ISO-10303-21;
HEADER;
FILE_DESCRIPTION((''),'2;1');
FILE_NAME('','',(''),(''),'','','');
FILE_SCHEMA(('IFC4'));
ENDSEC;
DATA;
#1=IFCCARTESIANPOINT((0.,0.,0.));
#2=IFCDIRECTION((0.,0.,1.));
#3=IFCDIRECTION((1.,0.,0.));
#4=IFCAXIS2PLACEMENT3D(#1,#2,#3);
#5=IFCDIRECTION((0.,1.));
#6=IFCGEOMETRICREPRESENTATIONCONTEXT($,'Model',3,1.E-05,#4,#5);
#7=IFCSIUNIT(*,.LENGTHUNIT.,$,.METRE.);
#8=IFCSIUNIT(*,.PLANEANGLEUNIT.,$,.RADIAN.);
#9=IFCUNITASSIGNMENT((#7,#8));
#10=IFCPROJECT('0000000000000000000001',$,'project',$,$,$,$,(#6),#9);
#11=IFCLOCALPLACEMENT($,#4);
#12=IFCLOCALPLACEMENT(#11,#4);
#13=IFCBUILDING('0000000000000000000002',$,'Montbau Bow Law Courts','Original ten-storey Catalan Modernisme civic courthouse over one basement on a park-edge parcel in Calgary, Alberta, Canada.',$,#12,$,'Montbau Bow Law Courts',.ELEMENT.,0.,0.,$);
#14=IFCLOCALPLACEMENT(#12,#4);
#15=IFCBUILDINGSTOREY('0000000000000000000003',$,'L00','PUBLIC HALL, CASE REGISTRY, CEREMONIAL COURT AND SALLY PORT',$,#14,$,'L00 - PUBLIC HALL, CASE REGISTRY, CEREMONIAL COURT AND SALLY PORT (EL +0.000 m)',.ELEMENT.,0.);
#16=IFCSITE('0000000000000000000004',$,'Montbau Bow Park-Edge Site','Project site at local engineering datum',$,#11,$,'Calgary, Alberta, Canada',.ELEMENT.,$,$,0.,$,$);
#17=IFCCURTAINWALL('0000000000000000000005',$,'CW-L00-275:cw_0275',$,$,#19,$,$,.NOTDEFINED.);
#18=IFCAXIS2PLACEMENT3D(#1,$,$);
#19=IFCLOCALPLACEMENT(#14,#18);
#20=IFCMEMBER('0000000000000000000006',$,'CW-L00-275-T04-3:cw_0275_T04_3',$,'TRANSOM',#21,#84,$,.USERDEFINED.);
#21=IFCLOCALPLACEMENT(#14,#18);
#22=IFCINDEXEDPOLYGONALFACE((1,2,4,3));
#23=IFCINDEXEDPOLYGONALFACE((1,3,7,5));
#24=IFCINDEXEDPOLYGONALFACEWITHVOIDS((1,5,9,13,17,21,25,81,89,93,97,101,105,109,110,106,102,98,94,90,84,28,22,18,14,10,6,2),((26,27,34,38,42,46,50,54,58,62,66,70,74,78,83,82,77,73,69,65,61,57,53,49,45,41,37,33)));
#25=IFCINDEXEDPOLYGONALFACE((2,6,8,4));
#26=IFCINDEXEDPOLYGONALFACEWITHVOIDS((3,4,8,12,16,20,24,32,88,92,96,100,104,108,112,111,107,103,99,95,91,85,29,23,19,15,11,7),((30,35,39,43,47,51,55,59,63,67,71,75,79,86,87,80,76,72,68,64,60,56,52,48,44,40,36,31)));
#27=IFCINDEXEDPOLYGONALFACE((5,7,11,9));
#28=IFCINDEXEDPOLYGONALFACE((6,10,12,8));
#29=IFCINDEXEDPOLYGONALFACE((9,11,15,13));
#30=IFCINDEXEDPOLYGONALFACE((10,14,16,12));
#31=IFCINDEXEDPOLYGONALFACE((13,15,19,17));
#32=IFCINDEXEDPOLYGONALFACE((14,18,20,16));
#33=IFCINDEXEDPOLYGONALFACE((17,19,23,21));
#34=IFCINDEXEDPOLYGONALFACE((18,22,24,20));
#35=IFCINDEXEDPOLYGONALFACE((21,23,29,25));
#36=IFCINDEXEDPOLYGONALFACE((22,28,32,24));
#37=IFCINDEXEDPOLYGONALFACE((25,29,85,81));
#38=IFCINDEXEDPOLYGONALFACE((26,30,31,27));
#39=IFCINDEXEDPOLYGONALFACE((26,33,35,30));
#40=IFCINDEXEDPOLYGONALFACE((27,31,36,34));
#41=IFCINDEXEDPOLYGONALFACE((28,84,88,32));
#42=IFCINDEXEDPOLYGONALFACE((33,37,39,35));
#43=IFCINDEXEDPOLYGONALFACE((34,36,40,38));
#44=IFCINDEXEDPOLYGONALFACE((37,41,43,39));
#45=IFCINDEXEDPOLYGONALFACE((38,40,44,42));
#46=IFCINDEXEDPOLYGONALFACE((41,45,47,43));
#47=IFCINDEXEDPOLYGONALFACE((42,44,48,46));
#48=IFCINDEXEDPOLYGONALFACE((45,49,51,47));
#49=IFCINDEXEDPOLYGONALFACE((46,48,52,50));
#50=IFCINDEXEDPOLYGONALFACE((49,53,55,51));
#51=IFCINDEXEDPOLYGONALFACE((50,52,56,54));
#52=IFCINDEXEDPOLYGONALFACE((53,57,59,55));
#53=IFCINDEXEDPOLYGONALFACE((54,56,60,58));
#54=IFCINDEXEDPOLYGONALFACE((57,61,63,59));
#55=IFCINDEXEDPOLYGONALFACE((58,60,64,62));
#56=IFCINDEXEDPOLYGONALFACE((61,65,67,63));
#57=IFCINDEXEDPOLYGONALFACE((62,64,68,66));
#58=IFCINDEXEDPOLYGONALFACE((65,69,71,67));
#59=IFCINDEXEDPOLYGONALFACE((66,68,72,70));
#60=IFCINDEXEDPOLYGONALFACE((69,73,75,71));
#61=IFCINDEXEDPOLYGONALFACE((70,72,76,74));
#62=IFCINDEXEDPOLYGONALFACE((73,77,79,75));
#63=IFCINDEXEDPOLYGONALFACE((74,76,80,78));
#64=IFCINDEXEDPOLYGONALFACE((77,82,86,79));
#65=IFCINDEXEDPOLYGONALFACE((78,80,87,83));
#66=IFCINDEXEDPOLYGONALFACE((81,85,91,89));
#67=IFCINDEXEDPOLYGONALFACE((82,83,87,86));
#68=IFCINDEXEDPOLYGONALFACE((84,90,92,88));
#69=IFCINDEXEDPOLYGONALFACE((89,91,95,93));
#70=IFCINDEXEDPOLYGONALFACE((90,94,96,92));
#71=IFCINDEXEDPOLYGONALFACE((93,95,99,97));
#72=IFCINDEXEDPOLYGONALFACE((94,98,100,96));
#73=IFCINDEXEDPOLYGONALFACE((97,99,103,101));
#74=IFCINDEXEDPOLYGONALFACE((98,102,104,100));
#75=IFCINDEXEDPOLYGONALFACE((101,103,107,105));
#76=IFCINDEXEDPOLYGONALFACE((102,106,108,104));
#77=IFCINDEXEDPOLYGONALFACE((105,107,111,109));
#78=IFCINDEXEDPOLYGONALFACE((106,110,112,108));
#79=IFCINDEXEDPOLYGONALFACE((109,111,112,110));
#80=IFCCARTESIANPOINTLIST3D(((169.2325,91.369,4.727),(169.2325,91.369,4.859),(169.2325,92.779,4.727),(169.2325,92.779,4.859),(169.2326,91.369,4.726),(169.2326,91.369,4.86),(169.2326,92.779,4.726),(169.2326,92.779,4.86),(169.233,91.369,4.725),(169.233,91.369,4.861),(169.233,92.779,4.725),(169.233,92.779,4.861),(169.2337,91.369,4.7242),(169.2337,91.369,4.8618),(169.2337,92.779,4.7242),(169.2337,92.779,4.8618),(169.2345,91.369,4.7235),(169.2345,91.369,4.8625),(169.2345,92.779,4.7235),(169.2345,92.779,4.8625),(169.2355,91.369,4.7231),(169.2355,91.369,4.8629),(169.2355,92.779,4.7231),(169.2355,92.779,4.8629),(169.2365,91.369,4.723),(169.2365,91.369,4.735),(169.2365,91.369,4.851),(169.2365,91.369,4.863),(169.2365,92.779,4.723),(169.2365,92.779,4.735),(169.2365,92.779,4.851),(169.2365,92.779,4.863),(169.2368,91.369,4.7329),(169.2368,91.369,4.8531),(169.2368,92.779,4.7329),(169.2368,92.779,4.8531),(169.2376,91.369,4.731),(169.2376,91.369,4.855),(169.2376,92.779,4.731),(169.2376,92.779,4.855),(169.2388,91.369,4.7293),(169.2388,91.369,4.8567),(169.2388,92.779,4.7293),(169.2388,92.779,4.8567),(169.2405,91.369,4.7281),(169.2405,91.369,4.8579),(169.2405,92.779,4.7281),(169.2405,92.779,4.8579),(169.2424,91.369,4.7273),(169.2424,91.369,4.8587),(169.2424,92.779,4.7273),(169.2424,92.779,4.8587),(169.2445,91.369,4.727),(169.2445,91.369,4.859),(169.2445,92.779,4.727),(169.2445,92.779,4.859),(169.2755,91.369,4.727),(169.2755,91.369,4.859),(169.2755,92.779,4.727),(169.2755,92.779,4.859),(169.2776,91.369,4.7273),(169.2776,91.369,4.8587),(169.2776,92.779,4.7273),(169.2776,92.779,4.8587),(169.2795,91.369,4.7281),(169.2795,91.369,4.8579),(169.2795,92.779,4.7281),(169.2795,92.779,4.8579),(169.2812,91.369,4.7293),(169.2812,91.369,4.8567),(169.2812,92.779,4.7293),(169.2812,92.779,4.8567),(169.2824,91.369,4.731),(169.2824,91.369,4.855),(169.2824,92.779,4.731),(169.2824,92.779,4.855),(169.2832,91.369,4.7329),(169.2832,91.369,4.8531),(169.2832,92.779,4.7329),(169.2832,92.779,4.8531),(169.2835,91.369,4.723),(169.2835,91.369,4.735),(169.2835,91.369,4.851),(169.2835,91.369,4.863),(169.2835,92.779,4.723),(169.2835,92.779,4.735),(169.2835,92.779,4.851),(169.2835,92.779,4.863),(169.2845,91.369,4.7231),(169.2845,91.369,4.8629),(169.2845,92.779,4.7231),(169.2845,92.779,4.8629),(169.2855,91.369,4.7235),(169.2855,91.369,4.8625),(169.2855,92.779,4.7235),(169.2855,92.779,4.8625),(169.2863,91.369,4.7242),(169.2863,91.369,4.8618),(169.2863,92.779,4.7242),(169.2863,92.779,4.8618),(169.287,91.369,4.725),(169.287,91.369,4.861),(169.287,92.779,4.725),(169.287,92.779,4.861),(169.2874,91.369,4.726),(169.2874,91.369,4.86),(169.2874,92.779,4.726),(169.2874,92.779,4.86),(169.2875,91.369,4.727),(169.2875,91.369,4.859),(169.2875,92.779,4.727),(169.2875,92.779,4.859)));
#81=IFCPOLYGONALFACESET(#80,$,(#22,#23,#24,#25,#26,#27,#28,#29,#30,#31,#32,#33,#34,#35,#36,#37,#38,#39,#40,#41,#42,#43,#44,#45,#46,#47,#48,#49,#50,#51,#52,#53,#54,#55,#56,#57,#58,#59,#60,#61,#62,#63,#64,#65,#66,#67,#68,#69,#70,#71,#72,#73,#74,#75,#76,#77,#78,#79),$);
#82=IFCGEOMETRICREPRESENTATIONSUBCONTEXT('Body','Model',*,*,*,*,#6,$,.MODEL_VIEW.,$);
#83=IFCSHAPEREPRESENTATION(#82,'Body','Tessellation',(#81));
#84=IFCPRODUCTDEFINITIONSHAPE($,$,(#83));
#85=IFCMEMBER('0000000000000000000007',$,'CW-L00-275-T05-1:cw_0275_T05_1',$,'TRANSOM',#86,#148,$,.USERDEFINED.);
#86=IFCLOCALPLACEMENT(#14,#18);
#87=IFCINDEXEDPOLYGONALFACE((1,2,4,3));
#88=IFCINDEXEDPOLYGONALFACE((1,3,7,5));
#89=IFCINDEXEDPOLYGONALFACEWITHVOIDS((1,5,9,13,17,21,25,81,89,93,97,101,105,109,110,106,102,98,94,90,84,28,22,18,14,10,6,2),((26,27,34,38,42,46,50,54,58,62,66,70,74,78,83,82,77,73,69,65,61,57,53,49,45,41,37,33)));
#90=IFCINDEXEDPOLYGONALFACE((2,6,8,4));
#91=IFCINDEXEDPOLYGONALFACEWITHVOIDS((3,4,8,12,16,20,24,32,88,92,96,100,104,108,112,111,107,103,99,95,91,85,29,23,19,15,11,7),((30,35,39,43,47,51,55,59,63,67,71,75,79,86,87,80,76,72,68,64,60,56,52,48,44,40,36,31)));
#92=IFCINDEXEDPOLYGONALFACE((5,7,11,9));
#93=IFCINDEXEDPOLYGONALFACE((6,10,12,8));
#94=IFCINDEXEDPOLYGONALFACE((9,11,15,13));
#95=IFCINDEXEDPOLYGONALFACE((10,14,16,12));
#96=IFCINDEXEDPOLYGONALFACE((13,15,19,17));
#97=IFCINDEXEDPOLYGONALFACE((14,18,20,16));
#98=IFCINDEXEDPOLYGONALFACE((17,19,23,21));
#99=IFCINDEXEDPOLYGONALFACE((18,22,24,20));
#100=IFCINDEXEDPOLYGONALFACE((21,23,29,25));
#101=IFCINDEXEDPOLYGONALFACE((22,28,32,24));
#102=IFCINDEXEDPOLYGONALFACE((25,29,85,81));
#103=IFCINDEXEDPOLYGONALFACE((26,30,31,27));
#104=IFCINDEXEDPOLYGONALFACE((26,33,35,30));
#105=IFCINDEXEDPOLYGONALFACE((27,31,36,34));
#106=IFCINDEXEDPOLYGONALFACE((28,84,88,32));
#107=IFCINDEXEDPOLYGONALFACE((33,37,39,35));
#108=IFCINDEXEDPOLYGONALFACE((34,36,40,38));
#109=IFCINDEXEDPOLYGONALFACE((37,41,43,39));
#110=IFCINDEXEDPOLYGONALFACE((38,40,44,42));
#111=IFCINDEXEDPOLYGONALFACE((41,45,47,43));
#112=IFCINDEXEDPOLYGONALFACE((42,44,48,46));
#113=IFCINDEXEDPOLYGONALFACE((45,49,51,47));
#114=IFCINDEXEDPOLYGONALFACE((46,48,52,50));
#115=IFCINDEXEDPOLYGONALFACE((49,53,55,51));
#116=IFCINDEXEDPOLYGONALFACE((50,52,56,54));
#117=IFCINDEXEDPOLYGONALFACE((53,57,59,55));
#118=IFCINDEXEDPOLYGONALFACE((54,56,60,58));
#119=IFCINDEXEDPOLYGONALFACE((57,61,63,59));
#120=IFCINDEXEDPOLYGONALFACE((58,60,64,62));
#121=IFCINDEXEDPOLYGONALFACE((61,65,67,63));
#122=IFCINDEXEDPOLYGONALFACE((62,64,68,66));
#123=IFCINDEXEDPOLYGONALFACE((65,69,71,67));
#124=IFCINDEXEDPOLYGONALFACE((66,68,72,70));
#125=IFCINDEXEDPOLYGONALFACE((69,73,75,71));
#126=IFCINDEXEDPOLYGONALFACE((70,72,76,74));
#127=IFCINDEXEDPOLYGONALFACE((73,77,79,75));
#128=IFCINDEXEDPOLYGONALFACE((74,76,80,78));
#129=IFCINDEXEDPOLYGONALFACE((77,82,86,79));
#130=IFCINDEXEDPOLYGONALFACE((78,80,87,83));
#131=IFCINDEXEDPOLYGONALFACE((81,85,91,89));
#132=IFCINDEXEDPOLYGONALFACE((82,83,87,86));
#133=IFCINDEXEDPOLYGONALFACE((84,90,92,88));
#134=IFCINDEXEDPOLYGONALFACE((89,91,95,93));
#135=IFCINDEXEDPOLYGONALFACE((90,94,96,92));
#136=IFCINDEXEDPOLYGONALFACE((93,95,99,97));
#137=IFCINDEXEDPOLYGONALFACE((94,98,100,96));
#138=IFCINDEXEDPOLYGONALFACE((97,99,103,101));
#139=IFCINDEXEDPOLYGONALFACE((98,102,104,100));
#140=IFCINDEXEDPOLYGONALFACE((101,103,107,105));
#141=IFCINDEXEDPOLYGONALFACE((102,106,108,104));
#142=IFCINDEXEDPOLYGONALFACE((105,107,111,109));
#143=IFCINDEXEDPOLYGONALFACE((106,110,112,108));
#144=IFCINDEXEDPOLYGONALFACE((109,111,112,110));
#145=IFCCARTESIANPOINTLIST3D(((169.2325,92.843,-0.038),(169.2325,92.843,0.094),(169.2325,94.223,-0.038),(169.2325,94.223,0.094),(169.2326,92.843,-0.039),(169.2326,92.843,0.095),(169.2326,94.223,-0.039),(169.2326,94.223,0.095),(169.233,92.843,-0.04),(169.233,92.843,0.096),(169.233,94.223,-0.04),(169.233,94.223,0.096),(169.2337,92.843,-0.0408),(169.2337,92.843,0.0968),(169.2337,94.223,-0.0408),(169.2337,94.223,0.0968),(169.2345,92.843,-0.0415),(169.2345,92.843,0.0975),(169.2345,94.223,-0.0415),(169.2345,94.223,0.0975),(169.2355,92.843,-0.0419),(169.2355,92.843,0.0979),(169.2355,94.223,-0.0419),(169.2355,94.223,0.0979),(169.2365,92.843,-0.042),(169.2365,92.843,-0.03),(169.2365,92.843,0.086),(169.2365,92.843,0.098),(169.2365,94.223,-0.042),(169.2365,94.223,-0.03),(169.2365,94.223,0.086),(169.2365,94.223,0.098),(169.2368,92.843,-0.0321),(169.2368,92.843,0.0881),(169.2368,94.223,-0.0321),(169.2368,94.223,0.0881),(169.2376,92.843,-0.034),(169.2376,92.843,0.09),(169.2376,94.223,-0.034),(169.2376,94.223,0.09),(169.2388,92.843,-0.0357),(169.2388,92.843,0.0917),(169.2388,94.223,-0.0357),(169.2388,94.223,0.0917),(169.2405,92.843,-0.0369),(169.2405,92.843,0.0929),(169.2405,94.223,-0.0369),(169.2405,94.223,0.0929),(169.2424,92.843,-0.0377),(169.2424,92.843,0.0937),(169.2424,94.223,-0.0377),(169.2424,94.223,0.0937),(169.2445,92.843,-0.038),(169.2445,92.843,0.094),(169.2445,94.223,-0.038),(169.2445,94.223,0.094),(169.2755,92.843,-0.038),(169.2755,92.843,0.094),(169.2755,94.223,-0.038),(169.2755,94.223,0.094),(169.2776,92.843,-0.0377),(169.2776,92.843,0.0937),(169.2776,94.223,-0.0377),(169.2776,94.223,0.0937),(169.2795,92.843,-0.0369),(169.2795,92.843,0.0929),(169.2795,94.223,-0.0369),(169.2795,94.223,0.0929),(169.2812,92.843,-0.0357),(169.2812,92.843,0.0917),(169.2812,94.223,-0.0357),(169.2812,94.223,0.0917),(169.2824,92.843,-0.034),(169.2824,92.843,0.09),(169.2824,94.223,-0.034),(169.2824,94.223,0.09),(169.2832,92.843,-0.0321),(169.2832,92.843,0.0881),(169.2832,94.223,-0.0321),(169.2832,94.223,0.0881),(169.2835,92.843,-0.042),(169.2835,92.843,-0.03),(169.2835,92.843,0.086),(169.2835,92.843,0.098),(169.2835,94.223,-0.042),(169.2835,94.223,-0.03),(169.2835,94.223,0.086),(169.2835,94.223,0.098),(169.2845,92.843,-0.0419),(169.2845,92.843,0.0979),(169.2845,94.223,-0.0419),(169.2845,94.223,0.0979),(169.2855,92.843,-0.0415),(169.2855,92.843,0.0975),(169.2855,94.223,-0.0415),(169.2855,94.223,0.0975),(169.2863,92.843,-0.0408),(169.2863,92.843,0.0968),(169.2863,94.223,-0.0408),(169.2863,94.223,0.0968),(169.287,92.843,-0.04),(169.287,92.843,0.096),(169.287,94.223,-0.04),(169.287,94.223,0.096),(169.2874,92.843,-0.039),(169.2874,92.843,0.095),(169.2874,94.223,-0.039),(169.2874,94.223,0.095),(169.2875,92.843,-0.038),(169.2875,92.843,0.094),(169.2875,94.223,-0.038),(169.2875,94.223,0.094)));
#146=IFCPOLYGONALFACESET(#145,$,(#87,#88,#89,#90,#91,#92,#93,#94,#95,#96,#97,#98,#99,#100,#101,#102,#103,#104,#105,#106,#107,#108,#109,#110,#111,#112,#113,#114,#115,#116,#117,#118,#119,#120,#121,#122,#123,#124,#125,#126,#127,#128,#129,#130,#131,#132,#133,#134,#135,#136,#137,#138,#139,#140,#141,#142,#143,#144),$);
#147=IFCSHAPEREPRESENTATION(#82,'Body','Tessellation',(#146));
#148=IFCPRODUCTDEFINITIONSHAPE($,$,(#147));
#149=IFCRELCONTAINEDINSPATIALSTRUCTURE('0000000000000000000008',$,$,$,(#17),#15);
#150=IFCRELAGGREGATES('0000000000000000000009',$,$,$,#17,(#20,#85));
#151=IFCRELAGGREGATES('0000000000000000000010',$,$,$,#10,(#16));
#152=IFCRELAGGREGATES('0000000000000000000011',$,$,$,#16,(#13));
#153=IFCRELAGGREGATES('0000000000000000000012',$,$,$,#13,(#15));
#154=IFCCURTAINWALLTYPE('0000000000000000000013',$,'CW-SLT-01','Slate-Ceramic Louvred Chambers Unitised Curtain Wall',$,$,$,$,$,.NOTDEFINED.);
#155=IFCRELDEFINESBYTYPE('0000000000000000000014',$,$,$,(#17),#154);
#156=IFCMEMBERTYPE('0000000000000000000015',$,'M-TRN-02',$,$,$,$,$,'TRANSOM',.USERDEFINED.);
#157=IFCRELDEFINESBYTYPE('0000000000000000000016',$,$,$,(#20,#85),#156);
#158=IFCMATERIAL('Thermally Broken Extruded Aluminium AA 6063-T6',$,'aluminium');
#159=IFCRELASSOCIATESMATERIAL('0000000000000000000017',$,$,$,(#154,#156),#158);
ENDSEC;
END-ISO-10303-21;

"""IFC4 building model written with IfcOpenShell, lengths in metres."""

from ifc_helpers import new_model, si_unit, direction, frame, origin_with_axes, origin_2d_with_axis, place, context, subcontext, project, spatial, hollow_rectangle, extrude, material, material_profile, profile_set, type_object, element, aggregate, save


model = new_model("IFC4")

# Units and contexts
model_context = context("Model", 3, precision=1e-05, world=origin_with_axes(), true_north=direction((0.0, 1.0)))
body_context = subcontext(model_context, "Body", "Model", "MODEL_VIEW")
ifc_project = project(units=[si_unit("LENGTHUNIT", "METRE"), si_unit("PLANEANGLEUNIT", "RADIAN")], contexts=[model_context])

# Site, building, storey
site_placement = place(None, origin_with_axes())
site = spatial("IfcSite", under=ifc_project, at=site_placement, Name="Montbau Bow Park-Edge Site", Description="Project site at local engineering datum", LongName="Calgary, Alberta, Canada", CompositionType="ELEMENT", RefElevation=0.0)
building_placement = place(site_placement, origin_with_axes())
building = spatial("IfcBuilding", under=site, at=building_placement, Name="Montbau Bow Law Courts", Description="Original ten-storey Catalan Modernisme civic courthouse over one basement on a park-edge parcel in Calgary, Alberta, Canada.", LongName="Montbau Bow Law Courts", CompositionType="ELEMENT", ElevationOfRefHeight=0.0, ElevationOfTerrain=0.0)
storey_placement = place(building_placement, origin_with_axes())
storey = spatial("IfcBuildingStorey", under=building, at=storey_placement, Name="L00", Description="PUBLIC HALL, CASE REGISTRY, CEREMONIAL COURT AND SALLY PORT", LongName="L00 - PUBLIC HALL, CASE REGISTRY, CEREMONIAL COURT AND SALLY PORT (EL +0.000 m)", CompositionType="ELEMENT", Elevation=0.0)

# Curtain wall, members
ifc_material_1 = material(Name="Thermally Broken Extruded Aluminium AA 6063-T6", Category="aluminium")
curtain_wall_type = type_object("IfcCurtainWallType", Name="CW-SLT-01", Description="Slate-Ceramic Louvred Chambers Unitised Curtain Wall", PredefinedType="NOTDEFINED", material=ifc_material_1)
curtain_wall_placement = place(None, frame((169.26, 86.915, 0.0), z_axis=(0.0, 0.0, 1.0), x_axis=(1.0, 0.0, 0.0)))
curtain_wall = element("IfcCurtainWall", 1, at=curtain_wall_placement, inside=storey, type_object=curtain_wall_type, Name="CW-L00-275:cw_0275", PredefinedType="NOTDEFINED")
ifc_material_profile_1 = material_profile(ifc_material_1, hollow_rectangle(XDim=0.055, YDim=0.14, WallThickness=0.004, InnerFilletRadius=0.008, OuterFilletRadius=0.004, at=origin_2d_with_axis()), Name="CWT-140X55", Category="Main", Priority=0)
ifc_profile_set_1 = profile_set([ifc_material_profile_1], Name="Thermally Broken Extruded Aluminium AA 6063-T6")
member_type_1 = type_object("IfcMemberType", Name="M-TRN-02", ElementType="TRANSOM", PredefinedType="USERDEFINED", material=ifc_profile_set_1)
member_1_placement = place(None, frame((169.26, 91.369, 4.793), z_axis=(0.0, 1.0, 0.0), x_axis=(-1.0, 0.0, 0.0)))
member_1 = element("IfcMember", 2, at=member_1_placement, type_object=member_type_1, Name="CW-L00-275-T04-3:cw_0275_T04_3", ObjectType="TRANSOM", PredefinedType="USERDEFINED", context=body_context, shape_type="SweptSolid", body=[
    extrude(hollow_rectangle(XDim=0.055, YDim=0.14, WallThickness=0.004, InnerFilletRadius=0.008, OuterFilletRadius=0.004, at=origin_2d_with_axis()), origin_with_axes(), (0.0, 0.0, 1.0), 1.41),
])
member_2_placement = place(None, frame((169.26, 92.843, 0.028), z_axis=(0.0, 1.0, 0.0), x_axis=(-1.0, 0.0, 0.0)))
member_2 = element("IfcMember", 3, at=member_2_placement, type_object=member_type_1, Name="CW-L00-275-T05-1:cw_0275_T05_1", ObjectType="TRANSOM", PredefinedType="USERDEFINED", context=body_context, shape_type="SweptSolid", body=[
    extrude(hollow_rectangle(XDim=0.055, YDim=0.14, WallThickness=0.004, InnerFilletRadius=0.008, OuterFilletRadius=0.004, at=origin_2d_with_axis()), origin_with_axes(), (0.0, 0.0, 1.0), 1.38),
])
aggregate(curtain_wall, [member_1, member_2])

save(model, "model.ifc")
